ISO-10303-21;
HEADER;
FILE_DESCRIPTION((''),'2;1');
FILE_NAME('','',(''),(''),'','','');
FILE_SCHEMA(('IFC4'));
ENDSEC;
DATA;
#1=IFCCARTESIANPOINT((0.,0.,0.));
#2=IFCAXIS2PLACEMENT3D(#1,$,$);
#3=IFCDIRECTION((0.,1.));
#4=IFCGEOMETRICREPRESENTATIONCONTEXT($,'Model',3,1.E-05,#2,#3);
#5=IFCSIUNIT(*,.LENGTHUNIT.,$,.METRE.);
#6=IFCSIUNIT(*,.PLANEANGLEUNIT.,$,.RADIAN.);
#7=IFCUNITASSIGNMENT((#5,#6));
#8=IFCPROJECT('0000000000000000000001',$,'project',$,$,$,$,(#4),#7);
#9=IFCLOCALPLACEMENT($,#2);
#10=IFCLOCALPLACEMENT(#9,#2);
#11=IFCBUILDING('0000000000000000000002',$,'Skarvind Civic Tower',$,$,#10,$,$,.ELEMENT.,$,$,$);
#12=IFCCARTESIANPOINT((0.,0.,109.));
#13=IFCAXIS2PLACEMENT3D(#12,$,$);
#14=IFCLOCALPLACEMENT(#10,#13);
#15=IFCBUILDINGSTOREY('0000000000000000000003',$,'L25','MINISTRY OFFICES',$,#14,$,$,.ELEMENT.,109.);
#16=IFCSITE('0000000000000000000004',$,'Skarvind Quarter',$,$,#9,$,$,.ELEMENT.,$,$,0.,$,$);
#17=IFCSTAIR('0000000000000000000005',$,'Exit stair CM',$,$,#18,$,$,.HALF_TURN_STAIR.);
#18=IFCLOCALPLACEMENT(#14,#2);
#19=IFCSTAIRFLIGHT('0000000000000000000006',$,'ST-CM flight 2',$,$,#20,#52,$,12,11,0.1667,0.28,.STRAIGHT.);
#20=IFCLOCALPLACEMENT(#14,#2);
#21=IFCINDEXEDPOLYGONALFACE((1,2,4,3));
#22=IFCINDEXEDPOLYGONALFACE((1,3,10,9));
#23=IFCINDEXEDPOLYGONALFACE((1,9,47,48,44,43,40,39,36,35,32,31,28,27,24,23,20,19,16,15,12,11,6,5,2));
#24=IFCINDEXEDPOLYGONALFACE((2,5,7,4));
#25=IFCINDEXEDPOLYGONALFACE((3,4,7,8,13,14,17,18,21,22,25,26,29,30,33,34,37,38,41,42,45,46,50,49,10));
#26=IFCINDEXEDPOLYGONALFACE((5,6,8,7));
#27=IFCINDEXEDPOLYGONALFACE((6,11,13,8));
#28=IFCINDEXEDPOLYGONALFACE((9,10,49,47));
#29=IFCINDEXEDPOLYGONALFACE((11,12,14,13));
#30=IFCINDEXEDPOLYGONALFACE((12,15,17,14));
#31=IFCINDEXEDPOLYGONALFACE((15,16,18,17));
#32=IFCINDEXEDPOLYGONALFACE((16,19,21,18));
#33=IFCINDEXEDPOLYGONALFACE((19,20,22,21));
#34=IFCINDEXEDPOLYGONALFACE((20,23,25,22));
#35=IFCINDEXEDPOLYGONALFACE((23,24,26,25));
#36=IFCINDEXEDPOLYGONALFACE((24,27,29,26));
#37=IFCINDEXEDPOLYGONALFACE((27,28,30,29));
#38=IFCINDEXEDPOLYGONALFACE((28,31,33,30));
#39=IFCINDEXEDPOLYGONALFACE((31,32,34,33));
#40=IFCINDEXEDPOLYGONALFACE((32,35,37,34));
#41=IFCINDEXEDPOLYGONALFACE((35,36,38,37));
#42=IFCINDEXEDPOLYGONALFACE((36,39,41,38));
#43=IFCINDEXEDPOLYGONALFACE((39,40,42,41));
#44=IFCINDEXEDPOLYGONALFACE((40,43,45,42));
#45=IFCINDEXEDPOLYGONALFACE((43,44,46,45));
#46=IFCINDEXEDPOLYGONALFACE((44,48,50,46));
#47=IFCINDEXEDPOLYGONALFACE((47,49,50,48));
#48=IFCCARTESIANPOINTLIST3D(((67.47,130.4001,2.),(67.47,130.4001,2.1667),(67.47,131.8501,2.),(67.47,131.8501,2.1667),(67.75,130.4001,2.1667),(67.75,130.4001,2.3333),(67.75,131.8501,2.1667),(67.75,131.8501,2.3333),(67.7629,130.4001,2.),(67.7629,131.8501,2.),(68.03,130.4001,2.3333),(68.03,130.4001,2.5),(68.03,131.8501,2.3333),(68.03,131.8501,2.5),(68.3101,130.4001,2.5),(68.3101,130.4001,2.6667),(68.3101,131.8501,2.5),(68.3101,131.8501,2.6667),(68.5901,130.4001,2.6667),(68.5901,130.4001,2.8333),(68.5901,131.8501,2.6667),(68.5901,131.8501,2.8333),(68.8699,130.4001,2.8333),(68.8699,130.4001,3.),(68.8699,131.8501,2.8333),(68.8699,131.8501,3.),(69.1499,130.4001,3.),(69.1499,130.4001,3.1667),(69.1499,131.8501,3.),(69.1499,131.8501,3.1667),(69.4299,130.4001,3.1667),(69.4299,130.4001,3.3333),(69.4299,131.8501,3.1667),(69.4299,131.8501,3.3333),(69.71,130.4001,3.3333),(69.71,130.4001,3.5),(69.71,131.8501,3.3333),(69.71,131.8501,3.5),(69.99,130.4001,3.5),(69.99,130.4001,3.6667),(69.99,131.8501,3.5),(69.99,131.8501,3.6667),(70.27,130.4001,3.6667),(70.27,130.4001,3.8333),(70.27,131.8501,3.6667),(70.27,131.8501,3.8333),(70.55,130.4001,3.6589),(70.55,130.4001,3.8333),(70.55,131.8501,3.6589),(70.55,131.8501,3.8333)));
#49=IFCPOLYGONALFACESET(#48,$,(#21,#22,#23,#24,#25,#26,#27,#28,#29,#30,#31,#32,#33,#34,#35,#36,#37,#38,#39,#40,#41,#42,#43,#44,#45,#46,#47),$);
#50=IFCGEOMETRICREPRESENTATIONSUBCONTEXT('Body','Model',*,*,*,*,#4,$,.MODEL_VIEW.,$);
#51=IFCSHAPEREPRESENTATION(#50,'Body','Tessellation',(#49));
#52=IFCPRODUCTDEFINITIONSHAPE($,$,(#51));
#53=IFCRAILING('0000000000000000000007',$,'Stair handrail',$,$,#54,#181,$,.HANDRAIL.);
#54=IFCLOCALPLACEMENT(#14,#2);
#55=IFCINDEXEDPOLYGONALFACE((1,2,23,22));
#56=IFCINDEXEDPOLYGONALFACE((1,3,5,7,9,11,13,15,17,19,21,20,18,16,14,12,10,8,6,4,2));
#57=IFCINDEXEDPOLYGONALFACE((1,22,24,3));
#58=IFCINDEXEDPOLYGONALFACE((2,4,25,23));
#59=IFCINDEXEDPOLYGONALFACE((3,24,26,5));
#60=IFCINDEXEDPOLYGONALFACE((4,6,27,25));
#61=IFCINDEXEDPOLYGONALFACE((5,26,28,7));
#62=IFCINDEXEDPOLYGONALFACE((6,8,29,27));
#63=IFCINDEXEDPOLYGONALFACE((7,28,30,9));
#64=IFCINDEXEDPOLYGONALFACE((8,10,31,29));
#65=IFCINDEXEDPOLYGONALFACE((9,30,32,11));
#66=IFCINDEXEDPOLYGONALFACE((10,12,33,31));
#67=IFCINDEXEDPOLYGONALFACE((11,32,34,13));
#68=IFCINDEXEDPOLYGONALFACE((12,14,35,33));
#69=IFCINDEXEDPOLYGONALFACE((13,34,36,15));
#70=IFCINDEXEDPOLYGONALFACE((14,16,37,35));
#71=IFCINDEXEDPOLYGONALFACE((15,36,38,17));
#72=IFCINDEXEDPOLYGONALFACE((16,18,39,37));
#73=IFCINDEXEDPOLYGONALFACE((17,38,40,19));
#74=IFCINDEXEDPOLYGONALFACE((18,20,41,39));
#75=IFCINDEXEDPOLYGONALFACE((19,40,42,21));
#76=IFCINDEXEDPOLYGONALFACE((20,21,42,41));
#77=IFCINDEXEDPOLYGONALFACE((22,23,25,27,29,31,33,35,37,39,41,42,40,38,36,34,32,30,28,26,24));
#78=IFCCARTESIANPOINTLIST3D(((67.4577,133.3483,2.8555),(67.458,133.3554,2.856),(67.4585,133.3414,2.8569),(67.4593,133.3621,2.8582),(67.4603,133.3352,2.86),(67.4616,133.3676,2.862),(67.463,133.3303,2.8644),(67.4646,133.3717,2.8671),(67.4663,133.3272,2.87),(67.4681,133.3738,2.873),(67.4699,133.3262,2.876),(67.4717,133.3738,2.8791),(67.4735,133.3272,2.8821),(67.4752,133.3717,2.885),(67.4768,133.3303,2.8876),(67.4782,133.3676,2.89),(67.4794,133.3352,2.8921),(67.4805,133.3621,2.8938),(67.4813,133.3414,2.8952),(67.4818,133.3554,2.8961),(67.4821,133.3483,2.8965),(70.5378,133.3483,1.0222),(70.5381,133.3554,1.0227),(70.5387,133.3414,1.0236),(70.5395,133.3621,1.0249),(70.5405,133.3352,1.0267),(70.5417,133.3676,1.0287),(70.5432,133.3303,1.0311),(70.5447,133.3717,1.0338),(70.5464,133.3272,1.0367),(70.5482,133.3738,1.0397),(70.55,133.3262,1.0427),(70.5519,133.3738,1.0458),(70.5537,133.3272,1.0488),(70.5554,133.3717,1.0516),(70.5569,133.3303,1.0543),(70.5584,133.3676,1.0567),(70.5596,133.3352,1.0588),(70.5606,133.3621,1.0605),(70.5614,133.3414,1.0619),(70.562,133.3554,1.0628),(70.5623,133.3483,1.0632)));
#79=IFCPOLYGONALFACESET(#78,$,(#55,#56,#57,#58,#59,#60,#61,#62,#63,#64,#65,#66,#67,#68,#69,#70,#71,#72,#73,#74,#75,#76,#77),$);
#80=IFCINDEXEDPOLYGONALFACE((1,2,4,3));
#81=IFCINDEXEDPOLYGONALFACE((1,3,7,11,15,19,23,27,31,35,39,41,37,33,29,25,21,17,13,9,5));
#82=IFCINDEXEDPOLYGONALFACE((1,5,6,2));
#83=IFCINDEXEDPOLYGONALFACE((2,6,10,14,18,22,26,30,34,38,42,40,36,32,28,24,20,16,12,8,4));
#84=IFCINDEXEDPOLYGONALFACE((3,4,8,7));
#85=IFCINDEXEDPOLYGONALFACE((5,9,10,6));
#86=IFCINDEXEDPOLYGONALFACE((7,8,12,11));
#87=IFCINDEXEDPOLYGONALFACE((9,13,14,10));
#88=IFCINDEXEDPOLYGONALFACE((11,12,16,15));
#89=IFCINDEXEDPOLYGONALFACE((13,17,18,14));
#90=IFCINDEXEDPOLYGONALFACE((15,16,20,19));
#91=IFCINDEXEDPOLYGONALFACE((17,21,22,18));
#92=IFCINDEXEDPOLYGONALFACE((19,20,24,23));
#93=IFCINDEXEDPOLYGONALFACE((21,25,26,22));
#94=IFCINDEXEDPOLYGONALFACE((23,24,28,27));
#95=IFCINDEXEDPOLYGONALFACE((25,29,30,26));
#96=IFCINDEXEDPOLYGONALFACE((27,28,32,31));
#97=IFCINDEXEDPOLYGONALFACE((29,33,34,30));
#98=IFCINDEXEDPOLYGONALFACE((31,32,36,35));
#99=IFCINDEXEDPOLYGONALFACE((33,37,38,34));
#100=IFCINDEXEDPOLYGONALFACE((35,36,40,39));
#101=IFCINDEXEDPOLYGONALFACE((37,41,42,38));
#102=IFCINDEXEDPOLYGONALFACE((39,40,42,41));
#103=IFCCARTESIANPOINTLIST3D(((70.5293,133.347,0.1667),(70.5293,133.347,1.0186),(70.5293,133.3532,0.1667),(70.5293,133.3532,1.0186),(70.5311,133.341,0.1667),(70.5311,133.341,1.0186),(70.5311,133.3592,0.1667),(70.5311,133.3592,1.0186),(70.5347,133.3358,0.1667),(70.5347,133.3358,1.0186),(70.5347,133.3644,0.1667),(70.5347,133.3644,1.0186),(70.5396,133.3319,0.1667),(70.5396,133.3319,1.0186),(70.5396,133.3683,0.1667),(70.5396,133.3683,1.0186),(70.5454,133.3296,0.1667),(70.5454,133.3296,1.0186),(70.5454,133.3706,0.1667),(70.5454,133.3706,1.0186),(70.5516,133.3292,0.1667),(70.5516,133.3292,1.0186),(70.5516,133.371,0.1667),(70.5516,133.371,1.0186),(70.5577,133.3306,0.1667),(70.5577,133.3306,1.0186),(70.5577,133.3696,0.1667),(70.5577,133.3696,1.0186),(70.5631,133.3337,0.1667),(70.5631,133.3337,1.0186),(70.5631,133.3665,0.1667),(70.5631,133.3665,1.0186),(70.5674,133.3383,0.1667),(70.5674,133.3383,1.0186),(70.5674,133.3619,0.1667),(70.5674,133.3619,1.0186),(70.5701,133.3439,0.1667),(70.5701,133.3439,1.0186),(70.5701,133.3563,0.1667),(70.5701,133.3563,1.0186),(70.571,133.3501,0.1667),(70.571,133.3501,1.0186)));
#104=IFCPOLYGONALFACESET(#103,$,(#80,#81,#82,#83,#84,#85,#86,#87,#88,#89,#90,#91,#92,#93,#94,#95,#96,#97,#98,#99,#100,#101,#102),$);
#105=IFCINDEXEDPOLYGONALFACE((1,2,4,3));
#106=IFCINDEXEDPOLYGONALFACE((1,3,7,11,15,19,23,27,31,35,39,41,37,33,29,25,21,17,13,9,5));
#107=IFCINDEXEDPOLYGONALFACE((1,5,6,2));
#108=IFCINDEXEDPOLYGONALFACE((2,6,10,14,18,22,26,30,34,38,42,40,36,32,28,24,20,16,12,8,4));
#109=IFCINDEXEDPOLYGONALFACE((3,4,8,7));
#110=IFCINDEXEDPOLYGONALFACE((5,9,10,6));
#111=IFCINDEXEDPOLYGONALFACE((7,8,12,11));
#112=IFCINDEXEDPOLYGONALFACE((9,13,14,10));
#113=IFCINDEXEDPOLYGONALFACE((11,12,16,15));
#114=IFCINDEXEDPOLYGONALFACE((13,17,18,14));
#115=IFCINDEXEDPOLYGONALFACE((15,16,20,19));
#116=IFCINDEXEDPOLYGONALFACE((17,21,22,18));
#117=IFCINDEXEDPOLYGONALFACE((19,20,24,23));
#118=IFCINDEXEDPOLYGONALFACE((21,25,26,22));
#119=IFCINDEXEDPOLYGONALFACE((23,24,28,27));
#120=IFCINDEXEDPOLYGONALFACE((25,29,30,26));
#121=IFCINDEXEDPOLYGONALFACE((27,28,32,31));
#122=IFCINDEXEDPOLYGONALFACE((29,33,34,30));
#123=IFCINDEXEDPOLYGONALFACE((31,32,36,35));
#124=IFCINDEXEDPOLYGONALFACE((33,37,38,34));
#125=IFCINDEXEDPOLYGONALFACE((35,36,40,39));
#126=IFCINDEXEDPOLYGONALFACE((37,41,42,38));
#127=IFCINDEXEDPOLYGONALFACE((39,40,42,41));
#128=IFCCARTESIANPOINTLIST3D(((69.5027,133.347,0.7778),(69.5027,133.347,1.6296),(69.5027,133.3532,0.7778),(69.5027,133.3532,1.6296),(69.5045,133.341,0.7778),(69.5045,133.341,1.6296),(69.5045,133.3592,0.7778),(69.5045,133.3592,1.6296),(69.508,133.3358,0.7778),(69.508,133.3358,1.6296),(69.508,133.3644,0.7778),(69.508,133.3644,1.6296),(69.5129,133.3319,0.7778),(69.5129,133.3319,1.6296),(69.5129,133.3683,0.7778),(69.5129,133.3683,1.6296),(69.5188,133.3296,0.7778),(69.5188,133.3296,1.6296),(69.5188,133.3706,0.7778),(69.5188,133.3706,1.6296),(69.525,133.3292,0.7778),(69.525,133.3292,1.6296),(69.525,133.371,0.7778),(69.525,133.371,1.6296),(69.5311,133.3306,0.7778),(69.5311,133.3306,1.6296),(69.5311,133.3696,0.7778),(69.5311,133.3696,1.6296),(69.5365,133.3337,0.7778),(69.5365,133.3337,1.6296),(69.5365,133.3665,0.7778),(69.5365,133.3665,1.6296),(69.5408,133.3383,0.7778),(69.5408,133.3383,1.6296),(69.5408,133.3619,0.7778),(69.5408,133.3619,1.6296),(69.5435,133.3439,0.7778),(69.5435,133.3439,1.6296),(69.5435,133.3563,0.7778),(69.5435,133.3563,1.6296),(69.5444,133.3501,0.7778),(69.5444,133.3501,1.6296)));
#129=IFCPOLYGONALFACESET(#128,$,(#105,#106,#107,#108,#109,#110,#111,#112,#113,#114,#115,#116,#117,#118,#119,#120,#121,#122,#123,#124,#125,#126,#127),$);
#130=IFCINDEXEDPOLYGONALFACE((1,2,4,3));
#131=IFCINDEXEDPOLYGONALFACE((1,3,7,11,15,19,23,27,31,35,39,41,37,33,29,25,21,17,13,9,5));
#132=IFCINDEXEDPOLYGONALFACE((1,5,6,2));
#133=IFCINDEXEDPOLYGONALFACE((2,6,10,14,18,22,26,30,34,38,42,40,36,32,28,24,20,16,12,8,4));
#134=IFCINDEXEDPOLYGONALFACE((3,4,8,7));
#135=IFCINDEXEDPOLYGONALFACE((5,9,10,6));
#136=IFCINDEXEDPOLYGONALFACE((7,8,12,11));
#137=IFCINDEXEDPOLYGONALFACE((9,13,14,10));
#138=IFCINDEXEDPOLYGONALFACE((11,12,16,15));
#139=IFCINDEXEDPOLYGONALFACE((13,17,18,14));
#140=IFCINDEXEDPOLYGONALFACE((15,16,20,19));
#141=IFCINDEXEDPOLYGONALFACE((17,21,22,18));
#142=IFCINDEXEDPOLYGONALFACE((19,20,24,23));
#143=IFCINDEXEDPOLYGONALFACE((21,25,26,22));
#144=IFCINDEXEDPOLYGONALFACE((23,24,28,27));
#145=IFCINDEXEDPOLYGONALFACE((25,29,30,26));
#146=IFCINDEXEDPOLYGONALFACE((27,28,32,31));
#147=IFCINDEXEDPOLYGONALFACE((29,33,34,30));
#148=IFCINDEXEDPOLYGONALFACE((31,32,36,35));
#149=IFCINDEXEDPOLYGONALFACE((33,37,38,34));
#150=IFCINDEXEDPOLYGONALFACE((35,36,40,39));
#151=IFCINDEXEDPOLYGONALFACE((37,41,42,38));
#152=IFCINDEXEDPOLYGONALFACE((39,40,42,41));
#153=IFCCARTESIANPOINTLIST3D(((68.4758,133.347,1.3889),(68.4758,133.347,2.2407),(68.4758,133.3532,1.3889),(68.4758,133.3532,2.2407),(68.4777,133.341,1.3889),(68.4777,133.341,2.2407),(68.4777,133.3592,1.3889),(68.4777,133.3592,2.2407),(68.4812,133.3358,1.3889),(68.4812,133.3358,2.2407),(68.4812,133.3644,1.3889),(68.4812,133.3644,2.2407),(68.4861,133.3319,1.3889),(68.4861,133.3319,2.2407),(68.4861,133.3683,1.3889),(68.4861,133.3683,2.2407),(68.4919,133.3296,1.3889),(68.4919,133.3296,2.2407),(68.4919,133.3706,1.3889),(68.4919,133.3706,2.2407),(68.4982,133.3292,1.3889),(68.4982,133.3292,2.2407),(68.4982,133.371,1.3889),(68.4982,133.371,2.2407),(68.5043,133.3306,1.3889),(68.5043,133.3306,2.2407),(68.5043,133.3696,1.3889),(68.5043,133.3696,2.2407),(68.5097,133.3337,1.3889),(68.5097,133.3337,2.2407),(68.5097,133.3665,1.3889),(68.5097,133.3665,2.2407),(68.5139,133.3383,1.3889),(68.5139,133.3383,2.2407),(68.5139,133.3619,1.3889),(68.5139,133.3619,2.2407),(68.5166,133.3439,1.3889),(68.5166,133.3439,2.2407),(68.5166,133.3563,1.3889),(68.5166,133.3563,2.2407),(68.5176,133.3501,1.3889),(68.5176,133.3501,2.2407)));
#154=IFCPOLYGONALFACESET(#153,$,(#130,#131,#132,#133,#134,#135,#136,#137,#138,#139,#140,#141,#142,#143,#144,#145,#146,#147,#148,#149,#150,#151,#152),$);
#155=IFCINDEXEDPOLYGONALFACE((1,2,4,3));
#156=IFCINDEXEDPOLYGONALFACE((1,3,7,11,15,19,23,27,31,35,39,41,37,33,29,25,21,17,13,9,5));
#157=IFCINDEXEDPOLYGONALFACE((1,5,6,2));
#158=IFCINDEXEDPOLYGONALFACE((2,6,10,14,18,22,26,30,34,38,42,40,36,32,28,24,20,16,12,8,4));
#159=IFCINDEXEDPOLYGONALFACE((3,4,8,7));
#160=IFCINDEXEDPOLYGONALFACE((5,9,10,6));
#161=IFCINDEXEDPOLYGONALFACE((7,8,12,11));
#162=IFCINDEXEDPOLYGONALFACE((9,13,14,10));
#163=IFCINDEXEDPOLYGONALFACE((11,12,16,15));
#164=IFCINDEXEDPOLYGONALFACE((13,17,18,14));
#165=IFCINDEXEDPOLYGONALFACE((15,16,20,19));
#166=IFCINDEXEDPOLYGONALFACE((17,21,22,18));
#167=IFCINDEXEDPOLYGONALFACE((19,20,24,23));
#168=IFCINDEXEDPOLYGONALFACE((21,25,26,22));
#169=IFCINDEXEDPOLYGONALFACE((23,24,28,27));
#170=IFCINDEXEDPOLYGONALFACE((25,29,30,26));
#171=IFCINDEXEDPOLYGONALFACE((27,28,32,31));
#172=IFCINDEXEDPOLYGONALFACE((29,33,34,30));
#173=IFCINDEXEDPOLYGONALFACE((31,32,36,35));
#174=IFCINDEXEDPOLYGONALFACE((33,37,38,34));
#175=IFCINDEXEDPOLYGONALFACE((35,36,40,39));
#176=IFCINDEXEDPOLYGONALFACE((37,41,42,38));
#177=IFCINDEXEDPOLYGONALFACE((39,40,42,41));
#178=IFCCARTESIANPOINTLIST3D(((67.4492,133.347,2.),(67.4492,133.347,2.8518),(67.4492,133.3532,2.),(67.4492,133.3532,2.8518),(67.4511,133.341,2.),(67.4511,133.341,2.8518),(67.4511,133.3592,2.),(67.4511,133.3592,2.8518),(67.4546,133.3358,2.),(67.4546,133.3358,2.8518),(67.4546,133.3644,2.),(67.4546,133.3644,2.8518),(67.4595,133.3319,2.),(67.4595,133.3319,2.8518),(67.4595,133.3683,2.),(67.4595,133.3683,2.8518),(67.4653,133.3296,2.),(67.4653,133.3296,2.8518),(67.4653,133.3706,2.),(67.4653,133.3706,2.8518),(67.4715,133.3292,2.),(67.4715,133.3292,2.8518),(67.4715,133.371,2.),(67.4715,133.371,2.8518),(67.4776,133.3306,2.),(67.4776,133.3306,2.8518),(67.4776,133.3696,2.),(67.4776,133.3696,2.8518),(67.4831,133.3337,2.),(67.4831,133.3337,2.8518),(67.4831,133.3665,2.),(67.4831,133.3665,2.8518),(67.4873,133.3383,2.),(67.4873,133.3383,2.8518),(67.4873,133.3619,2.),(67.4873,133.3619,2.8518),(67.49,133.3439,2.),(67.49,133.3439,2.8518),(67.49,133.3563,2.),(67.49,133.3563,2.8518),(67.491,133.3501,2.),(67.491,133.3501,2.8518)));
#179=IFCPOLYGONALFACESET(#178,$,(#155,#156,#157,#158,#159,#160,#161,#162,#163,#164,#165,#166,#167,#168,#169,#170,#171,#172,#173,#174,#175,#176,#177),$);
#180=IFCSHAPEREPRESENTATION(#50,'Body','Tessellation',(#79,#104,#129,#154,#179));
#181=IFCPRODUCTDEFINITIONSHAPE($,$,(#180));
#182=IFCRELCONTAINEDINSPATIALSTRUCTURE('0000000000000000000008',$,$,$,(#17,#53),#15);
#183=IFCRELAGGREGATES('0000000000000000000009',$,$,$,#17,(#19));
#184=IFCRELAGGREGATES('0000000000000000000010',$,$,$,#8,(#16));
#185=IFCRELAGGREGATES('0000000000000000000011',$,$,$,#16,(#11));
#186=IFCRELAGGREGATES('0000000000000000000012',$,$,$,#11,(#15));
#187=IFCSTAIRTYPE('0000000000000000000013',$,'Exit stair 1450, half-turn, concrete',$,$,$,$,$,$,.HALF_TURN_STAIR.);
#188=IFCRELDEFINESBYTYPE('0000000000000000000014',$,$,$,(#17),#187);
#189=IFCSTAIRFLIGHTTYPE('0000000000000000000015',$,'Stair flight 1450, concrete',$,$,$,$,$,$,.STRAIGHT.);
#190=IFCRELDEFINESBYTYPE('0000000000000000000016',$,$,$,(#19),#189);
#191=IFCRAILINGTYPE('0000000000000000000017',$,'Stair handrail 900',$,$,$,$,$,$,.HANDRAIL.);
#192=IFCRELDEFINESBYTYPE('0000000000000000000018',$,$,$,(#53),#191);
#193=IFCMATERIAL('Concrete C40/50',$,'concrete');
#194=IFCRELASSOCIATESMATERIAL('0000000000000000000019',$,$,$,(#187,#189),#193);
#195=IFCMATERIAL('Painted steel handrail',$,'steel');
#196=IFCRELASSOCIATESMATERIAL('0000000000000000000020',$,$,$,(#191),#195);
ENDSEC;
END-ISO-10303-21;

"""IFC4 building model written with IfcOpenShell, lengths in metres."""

from ifc_helpers import new_model, si_unit, direction, frame, origin, origin_2d, place, context, subcontext, project, spatial, polyline, circle, outline, extrude, material, type_object, element, aggregate, save


model = new_model("IFC4")

# Units and contexts
model_context = context("Model", 3, precision=1e-05, world=origin(), true_north=direction((0.0, 1.0)))
body_context = subcontext(model_context, "Body", "Model", "MODEL_VIEW")
ifc_project = project(units=[si_unit("LENGTHUNIT", "METRE"), si_unit("PLANEANGLEUNIT", "RADIAN")], contexts=[model_context])

# Site, building, storey
site_placement = place(None, origin())
site = spatial("IfcSite", under=ifc_project, at=site_placement, Name="Skarvind Quarter", CompositionType="ELEMENT", RefElevation=0.0)
building_placement = place(site_placement, origin())
building = spatial("IfcBuilding", under=site, at=building_placement, Name="Skarvind Civic Tower", CompositionType="ELEMENT")
storey_placement = place(building_placement, frame((0.0, 0.0, 109.0)))
storey = spatial("IfcBuildingStorey", under=building, at=storey_placement, Name="L25", Description="MINISTRY OFFICES", CompositionType="ELEMENT", Elevation=109.0)

# Stair, stair flight
ifc_material_1 = material(Name="Concrete C40/50", Category="concrete")
stair_type = type_object("IfcStairType", Name="Exit stair 1450, half-turn, concrete", PredefinedType="HALF_TURN_STAIR", material=ifc_material_1)
stair_placement = place(storey_placement, origin())
stair = element("IfcStair", 1, at=stair_placement, inside=storey, type_object=stair_type, Name="Exit stair CM", PredefinedType="HALF_TURN_STAIR")
stair_flight_type = type_object("IfcStairFlightType", Name="Stair flight 1450, concrete", PredefinedType="STRAIGHT", material=ifc_material_1)
stair_flight_1_placement = place(storey_placement, frame((67.47, 131.125, 2.0), z_axis=(0.0, 0.0, 1.0), x_axis=(1.0, 0.0, 0.0)))
stair_flight_1 = element("IfcStairFlight", 2, at=stair_flight_1_placement, type_object=stair_flight_type, Name="ST-CM flight 2", NumberOfRisers=12, NumberOfTreads=11, PredefinedType="STRAIGHT", RiserHeight=0.1667, TreadLength=0.28, context=body_context, shape_type="SweptSolid", body=[
    extrude(outline(polyline([(0.0, 0.0), (0.0, 0.1667), (0.28, 0.1667), (0.28, 0.3333), (0.5601, 0.3333), (0.5601, 0.5), (0.8401, 0.5), (0.8401, 0.6667), (1.1201, 0.6667), (1.1201, 0.8333), (1.3999, 0.8333), (1.3999, 1.0), (1.6799, 1.0), (1.6799, 1.1667), (1.96, 1.1667), (1.96, 1.3333), (2.24, 1.3333), (2.24, 1.5), (2.52, 1.5), (2.52, 1.6667), (2.8, 1.6667), (2.8, 1.8333), (3.0801, 1.8333), (3.0801, 2.0), (3.0801, 1.6589), (0.293, 0.0), (0.0, 0.0)])), frame((0.0, 0.7251, 0.0), z_axis=(0.0, -1.0, 0.0), x_axis=(1.0, 0.0, 0.0)), (0.0, 0.0, 1.0), 1.45),
])
aggregate(stair, [stair_flight_1])

# Railing
ifc_material_2 = material(Name="Painted steel handrail", Category="steel")
railing_type = type_object("IfcRailingType", Name="Stair handrail 900", PredefinedType="HANDRAIL", material=ifc_material_2)
railing_1_placement = place(storey_placement, frame((70.55, 133.3501, 0.1667)))
element("IfcRailing", 3, at=railing_1_placement, inside=storey, type_object=railing_type, Name="Stair handrail", PredefinedType="HANDRAIL", context=body_context, shape_type="SweptSolid", body=[
    extrude(circle(Radius=0.0239, at=origin_2d()), frame((0.0, 0.0, 0.876), z_axis=(-0.859309, 0.0, 0.511458), x_axis=(0.0, -1.0, 0.0)), (0.0, 0.0, 1.0), 3.5845),
    extrude(circle(Radius=0.021, at=origin_2d()), origin(), (0.0, 0.0, 1.0), 0.8518),
    extrude(circle(Radius=0.021, at=origin_2d()), frame((-1.0266, 0.0, 0.6111)), (0.0, 0.0, 1.0), 0.8518),
    extrude(circle(Radius=0.021, at=origin_2d()), frame((-2.0535, 0.0, 1.2222)), (0.0, 0.0, 1.0), 0.8518),
    extrude(circle(Radius=0.021, at=origin_2d()), frame((-3.0801, 0.0, 1.8333)), (0.0, 0.0, 1.0), 0.8518),
])

save(model, "model.ifc")
